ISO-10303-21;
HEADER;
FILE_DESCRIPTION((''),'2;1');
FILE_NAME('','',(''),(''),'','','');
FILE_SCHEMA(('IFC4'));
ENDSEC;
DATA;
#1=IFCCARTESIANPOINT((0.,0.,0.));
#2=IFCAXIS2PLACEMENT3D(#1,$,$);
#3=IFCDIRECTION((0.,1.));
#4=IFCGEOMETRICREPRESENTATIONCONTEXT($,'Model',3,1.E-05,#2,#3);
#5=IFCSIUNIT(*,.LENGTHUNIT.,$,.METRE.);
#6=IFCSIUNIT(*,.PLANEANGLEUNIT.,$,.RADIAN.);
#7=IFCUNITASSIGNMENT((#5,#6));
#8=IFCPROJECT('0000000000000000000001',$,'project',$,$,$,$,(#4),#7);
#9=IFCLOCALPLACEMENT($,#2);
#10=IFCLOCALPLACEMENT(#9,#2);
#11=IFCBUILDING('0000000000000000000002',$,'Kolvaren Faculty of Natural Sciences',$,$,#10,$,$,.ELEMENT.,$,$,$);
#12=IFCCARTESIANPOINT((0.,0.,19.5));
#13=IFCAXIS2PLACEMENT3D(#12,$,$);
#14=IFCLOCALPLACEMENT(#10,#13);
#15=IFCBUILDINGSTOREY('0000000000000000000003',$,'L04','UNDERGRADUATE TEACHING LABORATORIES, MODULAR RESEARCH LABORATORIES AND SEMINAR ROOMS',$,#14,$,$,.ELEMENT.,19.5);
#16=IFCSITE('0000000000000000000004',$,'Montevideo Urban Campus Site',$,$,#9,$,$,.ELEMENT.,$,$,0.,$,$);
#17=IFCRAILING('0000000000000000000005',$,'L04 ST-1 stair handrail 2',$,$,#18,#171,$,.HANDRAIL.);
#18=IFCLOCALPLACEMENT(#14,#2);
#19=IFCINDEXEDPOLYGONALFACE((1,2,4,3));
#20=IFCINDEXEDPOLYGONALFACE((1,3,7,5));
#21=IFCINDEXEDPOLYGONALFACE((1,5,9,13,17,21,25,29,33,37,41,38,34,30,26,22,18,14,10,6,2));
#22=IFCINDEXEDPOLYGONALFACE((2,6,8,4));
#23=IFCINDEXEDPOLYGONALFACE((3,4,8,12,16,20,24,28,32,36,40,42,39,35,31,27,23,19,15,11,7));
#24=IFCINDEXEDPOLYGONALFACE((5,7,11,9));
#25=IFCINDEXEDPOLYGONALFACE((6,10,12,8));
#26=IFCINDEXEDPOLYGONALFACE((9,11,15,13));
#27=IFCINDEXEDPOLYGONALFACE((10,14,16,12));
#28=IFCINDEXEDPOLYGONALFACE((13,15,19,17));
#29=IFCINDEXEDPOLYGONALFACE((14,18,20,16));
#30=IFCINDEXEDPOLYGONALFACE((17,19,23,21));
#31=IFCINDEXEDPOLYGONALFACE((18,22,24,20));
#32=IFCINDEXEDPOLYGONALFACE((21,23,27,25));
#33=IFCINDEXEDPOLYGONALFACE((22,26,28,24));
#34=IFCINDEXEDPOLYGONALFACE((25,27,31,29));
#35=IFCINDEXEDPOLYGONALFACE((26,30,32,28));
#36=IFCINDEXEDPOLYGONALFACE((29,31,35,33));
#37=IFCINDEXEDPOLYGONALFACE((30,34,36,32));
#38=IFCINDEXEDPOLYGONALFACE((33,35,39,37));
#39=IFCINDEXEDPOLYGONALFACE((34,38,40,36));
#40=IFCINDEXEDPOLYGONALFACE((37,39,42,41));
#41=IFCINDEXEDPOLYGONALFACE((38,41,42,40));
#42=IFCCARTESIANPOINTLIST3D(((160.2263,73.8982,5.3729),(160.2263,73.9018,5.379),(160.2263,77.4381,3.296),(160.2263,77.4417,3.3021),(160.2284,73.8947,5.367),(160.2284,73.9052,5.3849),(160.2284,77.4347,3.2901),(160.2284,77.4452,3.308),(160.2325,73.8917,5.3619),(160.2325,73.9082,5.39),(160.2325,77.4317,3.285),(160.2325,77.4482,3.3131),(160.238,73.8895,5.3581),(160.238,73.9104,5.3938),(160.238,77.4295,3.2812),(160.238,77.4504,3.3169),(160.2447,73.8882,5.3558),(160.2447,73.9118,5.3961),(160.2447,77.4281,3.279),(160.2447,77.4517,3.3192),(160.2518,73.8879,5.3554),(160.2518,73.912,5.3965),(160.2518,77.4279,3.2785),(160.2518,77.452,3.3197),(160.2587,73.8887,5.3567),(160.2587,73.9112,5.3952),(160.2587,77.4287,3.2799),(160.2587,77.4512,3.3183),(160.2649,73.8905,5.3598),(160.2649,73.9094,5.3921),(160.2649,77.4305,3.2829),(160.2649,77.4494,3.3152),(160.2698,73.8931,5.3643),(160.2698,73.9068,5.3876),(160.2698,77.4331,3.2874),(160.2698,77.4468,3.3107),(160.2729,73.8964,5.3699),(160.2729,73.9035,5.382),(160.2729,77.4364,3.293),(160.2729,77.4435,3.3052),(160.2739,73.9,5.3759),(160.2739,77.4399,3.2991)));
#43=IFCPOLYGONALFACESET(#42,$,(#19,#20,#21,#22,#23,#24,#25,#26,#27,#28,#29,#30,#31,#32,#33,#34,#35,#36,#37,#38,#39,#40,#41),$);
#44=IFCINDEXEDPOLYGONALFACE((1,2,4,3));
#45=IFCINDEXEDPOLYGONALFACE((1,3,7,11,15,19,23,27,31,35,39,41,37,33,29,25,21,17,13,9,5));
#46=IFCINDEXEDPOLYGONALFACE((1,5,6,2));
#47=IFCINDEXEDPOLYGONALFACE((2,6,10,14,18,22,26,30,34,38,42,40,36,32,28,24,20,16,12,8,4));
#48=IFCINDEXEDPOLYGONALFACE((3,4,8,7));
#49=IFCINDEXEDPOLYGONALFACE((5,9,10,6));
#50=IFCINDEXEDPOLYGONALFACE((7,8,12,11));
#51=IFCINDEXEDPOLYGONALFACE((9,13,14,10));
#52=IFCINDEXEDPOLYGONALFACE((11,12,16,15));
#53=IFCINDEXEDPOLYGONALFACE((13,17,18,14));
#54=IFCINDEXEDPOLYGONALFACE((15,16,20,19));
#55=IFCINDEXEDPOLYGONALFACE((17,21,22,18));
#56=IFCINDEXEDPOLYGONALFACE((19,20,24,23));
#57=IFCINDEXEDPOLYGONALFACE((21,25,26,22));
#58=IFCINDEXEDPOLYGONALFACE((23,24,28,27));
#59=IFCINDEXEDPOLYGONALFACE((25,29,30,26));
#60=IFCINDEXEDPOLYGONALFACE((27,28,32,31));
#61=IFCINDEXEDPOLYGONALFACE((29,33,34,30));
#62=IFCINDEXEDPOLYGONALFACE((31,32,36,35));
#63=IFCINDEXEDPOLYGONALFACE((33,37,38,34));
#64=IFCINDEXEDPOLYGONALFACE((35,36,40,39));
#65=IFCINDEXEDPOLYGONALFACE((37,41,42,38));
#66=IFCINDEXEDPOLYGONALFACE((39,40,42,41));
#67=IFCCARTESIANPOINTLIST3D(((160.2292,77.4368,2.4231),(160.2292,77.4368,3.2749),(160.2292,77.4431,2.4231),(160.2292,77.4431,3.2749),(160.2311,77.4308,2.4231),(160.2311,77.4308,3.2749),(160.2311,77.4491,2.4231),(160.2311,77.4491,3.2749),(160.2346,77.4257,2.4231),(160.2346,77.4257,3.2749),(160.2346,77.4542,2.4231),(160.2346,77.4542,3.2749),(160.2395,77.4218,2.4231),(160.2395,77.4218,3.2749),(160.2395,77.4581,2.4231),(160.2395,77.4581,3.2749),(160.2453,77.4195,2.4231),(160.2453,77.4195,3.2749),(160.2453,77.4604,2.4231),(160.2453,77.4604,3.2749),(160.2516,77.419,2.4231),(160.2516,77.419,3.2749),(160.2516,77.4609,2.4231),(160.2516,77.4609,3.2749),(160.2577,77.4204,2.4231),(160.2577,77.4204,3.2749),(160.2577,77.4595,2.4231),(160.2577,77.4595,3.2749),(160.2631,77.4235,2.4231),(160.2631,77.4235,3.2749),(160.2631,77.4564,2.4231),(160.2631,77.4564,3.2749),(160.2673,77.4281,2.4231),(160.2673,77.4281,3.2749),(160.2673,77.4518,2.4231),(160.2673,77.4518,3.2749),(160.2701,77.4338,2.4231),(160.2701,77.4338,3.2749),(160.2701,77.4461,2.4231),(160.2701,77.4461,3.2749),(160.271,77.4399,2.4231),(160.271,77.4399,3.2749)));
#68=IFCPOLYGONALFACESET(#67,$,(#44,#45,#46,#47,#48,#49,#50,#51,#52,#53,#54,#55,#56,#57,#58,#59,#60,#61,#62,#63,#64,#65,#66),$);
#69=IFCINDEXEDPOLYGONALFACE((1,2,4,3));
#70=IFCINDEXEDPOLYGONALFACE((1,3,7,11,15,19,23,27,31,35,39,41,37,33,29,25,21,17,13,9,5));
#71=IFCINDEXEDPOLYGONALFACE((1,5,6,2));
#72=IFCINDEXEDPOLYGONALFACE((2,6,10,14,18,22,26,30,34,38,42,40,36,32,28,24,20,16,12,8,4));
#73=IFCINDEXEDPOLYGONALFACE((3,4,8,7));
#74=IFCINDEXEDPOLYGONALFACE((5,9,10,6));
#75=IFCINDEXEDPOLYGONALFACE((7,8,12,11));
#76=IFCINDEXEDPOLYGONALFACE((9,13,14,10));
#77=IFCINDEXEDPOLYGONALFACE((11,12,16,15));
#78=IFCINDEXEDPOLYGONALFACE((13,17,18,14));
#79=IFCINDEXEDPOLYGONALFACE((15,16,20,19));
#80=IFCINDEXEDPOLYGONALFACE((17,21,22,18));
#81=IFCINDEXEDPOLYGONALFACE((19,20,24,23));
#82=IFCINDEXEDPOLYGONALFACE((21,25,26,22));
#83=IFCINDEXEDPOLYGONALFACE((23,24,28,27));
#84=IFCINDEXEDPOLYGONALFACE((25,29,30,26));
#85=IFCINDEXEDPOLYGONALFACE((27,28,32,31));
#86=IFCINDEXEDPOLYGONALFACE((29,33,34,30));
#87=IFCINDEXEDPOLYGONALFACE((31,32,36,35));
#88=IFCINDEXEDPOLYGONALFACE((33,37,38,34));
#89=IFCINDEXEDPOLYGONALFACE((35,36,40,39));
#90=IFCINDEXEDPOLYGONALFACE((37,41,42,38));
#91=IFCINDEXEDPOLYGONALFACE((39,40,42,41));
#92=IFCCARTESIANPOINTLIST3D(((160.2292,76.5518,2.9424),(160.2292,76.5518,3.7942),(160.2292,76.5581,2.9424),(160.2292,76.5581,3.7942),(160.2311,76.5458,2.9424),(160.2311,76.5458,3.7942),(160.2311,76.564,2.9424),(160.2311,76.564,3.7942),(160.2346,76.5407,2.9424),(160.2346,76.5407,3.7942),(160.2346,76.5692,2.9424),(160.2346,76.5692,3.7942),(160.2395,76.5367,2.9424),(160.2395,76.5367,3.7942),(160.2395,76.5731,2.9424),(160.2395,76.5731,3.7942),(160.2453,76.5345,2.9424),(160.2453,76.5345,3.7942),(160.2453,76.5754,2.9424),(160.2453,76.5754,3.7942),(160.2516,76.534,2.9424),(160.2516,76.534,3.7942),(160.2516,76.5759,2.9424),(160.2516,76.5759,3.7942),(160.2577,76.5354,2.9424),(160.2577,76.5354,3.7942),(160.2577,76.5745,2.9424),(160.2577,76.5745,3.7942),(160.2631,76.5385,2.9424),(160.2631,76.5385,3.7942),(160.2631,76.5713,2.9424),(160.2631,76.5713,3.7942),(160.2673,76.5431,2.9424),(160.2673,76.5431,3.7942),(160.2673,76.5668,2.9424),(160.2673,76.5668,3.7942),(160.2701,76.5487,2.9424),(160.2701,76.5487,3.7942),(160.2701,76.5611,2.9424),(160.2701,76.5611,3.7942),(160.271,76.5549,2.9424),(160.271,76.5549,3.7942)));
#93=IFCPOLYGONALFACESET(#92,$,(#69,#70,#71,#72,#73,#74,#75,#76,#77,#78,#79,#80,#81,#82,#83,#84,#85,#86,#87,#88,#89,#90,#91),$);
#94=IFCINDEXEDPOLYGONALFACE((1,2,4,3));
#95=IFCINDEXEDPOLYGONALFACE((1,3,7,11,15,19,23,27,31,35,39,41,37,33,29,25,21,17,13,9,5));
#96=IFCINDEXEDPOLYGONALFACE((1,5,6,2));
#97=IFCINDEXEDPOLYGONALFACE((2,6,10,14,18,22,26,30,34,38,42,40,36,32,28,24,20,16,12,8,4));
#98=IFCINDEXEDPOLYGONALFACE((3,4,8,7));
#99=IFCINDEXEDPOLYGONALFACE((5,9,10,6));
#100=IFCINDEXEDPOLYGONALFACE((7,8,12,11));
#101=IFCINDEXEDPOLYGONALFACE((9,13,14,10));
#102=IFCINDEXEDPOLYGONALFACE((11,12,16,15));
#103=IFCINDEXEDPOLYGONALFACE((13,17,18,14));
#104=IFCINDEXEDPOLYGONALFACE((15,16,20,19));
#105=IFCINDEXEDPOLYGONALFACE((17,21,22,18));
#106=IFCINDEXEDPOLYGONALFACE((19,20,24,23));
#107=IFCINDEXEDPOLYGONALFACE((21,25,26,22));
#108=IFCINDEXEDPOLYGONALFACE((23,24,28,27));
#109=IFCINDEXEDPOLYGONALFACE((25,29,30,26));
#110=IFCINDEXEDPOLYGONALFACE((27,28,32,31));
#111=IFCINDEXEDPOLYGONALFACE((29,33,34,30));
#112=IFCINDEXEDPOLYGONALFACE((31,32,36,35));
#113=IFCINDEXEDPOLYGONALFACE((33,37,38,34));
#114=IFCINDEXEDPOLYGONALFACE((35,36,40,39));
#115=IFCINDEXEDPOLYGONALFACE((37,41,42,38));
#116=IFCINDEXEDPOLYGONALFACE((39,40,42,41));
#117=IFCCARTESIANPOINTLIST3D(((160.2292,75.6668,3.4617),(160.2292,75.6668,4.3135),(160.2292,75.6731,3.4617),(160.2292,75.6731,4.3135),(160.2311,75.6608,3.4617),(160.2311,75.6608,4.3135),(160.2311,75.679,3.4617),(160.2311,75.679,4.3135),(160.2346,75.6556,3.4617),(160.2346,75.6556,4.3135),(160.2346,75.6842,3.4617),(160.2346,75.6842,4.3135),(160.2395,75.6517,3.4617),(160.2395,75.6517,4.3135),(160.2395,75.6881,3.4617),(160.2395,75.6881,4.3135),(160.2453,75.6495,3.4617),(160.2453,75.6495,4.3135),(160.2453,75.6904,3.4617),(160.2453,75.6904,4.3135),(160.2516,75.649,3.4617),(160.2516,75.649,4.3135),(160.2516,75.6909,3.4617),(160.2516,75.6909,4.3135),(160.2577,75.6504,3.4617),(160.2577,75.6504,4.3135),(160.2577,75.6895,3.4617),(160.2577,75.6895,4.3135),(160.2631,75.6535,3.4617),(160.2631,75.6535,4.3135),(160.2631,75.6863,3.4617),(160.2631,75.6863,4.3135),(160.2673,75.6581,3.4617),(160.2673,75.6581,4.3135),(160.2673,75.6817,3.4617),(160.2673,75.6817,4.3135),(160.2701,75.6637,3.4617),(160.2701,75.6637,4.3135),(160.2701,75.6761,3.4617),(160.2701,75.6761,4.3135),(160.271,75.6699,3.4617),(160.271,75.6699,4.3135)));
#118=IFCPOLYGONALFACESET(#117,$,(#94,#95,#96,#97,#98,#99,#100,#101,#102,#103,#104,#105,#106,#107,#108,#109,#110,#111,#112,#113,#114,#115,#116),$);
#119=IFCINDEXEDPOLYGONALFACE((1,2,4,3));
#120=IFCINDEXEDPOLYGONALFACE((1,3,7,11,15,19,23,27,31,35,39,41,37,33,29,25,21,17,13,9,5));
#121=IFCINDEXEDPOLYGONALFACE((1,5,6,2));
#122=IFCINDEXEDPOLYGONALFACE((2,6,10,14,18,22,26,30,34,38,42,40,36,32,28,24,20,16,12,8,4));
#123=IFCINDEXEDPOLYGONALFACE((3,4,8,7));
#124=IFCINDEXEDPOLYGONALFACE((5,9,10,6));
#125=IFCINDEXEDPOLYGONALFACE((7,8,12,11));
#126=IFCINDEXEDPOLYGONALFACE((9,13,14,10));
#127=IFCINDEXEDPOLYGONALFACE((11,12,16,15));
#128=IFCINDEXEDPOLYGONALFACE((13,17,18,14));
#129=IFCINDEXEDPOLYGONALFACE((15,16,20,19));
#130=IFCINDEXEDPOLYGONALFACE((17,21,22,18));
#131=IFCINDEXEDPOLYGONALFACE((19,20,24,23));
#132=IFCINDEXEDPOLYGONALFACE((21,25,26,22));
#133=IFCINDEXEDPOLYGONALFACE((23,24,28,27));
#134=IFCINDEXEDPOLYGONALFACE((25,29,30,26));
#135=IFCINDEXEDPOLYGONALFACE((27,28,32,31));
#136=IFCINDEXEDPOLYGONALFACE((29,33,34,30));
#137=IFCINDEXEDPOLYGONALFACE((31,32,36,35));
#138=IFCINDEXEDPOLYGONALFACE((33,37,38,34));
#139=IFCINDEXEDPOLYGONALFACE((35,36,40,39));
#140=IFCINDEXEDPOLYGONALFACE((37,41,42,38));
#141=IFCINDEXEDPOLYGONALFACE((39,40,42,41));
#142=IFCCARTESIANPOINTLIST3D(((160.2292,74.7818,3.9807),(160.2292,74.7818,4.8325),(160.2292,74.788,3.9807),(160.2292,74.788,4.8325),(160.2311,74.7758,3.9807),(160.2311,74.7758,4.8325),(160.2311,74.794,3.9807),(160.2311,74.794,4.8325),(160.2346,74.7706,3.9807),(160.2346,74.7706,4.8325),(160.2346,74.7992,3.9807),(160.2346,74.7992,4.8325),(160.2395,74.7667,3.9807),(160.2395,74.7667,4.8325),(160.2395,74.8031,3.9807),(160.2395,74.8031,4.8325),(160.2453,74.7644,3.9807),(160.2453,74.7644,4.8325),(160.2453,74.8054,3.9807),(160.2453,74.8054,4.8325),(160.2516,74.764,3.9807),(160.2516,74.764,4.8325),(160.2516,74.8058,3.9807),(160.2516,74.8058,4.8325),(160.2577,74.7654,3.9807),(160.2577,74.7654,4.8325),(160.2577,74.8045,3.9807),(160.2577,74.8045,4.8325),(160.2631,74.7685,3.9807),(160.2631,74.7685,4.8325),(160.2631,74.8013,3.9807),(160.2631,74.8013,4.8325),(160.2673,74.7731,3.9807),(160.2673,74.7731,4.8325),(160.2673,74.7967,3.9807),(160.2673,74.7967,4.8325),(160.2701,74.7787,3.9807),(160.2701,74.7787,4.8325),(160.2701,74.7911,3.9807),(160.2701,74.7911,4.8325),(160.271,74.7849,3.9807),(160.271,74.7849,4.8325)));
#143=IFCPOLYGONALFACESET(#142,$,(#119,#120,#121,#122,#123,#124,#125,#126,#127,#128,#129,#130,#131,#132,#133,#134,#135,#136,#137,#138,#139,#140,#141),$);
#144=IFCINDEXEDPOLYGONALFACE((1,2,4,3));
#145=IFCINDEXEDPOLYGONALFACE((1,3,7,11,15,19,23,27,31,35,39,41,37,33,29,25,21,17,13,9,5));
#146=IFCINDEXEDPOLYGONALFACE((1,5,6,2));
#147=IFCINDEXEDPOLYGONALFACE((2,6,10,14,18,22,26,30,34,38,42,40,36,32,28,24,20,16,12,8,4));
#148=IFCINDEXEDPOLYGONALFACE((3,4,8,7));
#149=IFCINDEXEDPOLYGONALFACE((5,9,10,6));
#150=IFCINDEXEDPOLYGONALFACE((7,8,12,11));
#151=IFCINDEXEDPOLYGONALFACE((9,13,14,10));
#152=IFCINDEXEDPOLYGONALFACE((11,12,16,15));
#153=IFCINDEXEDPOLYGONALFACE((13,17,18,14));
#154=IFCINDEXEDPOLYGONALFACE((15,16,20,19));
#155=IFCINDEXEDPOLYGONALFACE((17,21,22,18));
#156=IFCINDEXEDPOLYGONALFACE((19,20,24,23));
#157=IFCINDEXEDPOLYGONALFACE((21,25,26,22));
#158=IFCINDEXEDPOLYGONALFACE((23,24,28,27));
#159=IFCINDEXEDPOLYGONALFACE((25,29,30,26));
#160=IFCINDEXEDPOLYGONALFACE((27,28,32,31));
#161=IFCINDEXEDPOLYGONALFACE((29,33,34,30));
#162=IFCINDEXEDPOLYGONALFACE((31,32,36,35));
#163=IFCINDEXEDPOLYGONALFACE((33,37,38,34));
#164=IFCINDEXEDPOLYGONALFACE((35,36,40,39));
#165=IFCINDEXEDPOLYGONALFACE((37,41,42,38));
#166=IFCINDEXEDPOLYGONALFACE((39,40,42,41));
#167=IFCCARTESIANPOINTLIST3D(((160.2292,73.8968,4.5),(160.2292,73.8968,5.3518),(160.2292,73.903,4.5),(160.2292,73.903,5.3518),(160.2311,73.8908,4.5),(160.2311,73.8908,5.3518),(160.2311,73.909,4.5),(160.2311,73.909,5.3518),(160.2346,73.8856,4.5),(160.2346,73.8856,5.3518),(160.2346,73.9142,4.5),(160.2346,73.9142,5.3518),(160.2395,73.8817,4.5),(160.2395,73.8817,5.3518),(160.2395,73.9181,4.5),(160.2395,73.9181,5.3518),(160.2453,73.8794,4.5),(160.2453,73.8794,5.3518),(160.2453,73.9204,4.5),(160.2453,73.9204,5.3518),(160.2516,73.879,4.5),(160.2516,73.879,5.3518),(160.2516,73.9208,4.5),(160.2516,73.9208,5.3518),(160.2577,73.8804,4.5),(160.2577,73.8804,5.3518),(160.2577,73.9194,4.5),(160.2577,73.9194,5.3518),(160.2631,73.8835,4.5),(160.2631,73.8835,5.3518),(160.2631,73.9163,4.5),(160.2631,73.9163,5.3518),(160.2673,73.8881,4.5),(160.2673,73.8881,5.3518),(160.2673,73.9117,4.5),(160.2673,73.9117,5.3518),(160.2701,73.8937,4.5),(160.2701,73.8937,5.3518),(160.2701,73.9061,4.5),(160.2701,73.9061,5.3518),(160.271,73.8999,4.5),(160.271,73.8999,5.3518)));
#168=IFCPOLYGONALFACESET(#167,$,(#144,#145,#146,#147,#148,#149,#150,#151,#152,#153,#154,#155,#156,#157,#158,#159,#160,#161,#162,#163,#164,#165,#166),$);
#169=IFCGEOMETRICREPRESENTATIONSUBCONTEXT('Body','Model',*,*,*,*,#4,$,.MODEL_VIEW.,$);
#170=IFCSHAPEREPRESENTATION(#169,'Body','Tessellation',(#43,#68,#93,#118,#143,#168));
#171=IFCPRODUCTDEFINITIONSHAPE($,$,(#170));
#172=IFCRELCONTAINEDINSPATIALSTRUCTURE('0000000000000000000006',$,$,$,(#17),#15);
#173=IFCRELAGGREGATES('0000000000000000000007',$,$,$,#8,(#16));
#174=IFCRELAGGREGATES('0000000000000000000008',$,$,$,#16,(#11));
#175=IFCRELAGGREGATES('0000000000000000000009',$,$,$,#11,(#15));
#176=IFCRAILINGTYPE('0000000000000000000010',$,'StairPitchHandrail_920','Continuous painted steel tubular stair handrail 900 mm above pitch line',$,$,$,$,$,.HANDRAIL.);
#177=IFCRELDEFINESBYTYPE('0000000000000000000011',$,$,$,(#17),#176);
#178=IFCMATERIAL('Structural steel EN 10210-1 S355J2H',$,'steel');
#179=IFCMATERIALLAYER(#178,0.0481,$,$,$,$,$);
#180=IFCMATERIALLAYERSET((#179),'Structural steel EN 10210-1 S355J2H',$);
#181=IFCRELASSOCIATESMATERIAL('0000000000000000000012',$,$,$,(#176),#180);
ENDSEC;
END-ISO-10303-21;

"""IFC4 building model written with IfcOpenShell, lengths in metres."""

from ifc_helpers import new_model, si_unit, direction, frame, origin, origin_2d, place, context, subcontext, project, spatial, circle, extrude, material, layer, layer_set, type_object, element, save


model = new_model("IFC4")

# Units and contexts
model_context = context("Model", 3, precision=1e-05, world=origin(), true_north=direction((0.0, 1.0)))
body_context = subcontext(model_context, "Body", "Model", "MODEL_VIEW")
ifc_project = project(units=[si_unit("LENGTHUNIT", "METRE"), si_unit("PLANEANGLEUNIT", "RADIAN")], contexts=[model_context])

# Site, building, storey
site_placement = place(None, origin())
site = spatial("IfcSite", under=ifc_project, at=site_placement, Name="Montevideo Urban Campus Site", CompositionType="ELEMENT", RefElevation=0.0)
building_placement = place(site_placement, origin())
building = spatial("IfcBuilding", under=site, at=building_placement, Name="Kolvaren Faculty of Natural Sciences", CompositionType="ELEMENT")
storey_placement = place(building_placement, frame((0.0, 0.0, 19.5)))
storey = spatial("IfcBuildingStorey", under=building, at=storey_placement, Name="L04", Description="UNDERGRADUATE TEACHING LABORATORIES, MODULAR RESEARCH LABORATORIES AND SEMINAR ROOMS", CompositionType="ELEMENT", Elevation=19.5)

# Railing
ifc_material_1 = material(Name="Structural steel EN 10210-1 S355J2H", Category="steel")
ifc_layer_1 = layer(ifc_material_1, 0.0481)
ifc_layer_set_1 = layer_set([ifc_layer_1], Name="Structural steel EN 10210-1 S355J2H")
railing_type_1 = type_object("IfcRailingType", Name="StairPitchHandrail_920", Description="Continuous painted steel tubular stair handrail 900 mm above pitch line", PredefinedType="HANDRAIL", material=ifc_layer_set_1)
railing_1_placement = place(storey_placement, frame((160.25, 77.4399, 2.4231)))
element("IfcRailing", 1, at=railing_1_placement, inside=storey, type_object=railing_type_1, Name="L04 ST-1 stair handrail 2", PredefinedType="HANDRAIL", context=body_context, shape_type="SweptSolid", body=[
    extrude(circle(Radius=0.0239, at=origin_2d()), frame((0.0, 0.0, 0.876), z_axis=(0.0, -0.862516, 0.506029), x_axis=(1.0, 0.0, 0.0)), (0.0, 0.0, 1.0), 4.1042),
    extrude(circle(Radius=0.021, at=origin_2d()), origin(), (0.0, 0.0, 1.0), 0.8518),
    extrude(circle(Radius=0.021, at=origin_2d()), frame((0.0, -0.885, 0.5193)), (0.0, 0.0, 1.0), 0.8518),
    extrude(circle(Radius=0.021, at=origin_2d()), frame((0.0, -1.77, 1.0386)), (0.0, 0.0, 1.0), 0.8518),
    extrude(circle(Radius=0.021, at=origin_2d()), frame((0.0, -2.655, 1.5576)), (0.0, 0.0, 1.0), 0.8518),
    extrude(circle(Radius=0.021, at=origin_2d()), frame((0.0, -3.54, 2.0769)), (0.0, 0.0, 1.0), 0.8518),
])

save(model, "model.ifc")
